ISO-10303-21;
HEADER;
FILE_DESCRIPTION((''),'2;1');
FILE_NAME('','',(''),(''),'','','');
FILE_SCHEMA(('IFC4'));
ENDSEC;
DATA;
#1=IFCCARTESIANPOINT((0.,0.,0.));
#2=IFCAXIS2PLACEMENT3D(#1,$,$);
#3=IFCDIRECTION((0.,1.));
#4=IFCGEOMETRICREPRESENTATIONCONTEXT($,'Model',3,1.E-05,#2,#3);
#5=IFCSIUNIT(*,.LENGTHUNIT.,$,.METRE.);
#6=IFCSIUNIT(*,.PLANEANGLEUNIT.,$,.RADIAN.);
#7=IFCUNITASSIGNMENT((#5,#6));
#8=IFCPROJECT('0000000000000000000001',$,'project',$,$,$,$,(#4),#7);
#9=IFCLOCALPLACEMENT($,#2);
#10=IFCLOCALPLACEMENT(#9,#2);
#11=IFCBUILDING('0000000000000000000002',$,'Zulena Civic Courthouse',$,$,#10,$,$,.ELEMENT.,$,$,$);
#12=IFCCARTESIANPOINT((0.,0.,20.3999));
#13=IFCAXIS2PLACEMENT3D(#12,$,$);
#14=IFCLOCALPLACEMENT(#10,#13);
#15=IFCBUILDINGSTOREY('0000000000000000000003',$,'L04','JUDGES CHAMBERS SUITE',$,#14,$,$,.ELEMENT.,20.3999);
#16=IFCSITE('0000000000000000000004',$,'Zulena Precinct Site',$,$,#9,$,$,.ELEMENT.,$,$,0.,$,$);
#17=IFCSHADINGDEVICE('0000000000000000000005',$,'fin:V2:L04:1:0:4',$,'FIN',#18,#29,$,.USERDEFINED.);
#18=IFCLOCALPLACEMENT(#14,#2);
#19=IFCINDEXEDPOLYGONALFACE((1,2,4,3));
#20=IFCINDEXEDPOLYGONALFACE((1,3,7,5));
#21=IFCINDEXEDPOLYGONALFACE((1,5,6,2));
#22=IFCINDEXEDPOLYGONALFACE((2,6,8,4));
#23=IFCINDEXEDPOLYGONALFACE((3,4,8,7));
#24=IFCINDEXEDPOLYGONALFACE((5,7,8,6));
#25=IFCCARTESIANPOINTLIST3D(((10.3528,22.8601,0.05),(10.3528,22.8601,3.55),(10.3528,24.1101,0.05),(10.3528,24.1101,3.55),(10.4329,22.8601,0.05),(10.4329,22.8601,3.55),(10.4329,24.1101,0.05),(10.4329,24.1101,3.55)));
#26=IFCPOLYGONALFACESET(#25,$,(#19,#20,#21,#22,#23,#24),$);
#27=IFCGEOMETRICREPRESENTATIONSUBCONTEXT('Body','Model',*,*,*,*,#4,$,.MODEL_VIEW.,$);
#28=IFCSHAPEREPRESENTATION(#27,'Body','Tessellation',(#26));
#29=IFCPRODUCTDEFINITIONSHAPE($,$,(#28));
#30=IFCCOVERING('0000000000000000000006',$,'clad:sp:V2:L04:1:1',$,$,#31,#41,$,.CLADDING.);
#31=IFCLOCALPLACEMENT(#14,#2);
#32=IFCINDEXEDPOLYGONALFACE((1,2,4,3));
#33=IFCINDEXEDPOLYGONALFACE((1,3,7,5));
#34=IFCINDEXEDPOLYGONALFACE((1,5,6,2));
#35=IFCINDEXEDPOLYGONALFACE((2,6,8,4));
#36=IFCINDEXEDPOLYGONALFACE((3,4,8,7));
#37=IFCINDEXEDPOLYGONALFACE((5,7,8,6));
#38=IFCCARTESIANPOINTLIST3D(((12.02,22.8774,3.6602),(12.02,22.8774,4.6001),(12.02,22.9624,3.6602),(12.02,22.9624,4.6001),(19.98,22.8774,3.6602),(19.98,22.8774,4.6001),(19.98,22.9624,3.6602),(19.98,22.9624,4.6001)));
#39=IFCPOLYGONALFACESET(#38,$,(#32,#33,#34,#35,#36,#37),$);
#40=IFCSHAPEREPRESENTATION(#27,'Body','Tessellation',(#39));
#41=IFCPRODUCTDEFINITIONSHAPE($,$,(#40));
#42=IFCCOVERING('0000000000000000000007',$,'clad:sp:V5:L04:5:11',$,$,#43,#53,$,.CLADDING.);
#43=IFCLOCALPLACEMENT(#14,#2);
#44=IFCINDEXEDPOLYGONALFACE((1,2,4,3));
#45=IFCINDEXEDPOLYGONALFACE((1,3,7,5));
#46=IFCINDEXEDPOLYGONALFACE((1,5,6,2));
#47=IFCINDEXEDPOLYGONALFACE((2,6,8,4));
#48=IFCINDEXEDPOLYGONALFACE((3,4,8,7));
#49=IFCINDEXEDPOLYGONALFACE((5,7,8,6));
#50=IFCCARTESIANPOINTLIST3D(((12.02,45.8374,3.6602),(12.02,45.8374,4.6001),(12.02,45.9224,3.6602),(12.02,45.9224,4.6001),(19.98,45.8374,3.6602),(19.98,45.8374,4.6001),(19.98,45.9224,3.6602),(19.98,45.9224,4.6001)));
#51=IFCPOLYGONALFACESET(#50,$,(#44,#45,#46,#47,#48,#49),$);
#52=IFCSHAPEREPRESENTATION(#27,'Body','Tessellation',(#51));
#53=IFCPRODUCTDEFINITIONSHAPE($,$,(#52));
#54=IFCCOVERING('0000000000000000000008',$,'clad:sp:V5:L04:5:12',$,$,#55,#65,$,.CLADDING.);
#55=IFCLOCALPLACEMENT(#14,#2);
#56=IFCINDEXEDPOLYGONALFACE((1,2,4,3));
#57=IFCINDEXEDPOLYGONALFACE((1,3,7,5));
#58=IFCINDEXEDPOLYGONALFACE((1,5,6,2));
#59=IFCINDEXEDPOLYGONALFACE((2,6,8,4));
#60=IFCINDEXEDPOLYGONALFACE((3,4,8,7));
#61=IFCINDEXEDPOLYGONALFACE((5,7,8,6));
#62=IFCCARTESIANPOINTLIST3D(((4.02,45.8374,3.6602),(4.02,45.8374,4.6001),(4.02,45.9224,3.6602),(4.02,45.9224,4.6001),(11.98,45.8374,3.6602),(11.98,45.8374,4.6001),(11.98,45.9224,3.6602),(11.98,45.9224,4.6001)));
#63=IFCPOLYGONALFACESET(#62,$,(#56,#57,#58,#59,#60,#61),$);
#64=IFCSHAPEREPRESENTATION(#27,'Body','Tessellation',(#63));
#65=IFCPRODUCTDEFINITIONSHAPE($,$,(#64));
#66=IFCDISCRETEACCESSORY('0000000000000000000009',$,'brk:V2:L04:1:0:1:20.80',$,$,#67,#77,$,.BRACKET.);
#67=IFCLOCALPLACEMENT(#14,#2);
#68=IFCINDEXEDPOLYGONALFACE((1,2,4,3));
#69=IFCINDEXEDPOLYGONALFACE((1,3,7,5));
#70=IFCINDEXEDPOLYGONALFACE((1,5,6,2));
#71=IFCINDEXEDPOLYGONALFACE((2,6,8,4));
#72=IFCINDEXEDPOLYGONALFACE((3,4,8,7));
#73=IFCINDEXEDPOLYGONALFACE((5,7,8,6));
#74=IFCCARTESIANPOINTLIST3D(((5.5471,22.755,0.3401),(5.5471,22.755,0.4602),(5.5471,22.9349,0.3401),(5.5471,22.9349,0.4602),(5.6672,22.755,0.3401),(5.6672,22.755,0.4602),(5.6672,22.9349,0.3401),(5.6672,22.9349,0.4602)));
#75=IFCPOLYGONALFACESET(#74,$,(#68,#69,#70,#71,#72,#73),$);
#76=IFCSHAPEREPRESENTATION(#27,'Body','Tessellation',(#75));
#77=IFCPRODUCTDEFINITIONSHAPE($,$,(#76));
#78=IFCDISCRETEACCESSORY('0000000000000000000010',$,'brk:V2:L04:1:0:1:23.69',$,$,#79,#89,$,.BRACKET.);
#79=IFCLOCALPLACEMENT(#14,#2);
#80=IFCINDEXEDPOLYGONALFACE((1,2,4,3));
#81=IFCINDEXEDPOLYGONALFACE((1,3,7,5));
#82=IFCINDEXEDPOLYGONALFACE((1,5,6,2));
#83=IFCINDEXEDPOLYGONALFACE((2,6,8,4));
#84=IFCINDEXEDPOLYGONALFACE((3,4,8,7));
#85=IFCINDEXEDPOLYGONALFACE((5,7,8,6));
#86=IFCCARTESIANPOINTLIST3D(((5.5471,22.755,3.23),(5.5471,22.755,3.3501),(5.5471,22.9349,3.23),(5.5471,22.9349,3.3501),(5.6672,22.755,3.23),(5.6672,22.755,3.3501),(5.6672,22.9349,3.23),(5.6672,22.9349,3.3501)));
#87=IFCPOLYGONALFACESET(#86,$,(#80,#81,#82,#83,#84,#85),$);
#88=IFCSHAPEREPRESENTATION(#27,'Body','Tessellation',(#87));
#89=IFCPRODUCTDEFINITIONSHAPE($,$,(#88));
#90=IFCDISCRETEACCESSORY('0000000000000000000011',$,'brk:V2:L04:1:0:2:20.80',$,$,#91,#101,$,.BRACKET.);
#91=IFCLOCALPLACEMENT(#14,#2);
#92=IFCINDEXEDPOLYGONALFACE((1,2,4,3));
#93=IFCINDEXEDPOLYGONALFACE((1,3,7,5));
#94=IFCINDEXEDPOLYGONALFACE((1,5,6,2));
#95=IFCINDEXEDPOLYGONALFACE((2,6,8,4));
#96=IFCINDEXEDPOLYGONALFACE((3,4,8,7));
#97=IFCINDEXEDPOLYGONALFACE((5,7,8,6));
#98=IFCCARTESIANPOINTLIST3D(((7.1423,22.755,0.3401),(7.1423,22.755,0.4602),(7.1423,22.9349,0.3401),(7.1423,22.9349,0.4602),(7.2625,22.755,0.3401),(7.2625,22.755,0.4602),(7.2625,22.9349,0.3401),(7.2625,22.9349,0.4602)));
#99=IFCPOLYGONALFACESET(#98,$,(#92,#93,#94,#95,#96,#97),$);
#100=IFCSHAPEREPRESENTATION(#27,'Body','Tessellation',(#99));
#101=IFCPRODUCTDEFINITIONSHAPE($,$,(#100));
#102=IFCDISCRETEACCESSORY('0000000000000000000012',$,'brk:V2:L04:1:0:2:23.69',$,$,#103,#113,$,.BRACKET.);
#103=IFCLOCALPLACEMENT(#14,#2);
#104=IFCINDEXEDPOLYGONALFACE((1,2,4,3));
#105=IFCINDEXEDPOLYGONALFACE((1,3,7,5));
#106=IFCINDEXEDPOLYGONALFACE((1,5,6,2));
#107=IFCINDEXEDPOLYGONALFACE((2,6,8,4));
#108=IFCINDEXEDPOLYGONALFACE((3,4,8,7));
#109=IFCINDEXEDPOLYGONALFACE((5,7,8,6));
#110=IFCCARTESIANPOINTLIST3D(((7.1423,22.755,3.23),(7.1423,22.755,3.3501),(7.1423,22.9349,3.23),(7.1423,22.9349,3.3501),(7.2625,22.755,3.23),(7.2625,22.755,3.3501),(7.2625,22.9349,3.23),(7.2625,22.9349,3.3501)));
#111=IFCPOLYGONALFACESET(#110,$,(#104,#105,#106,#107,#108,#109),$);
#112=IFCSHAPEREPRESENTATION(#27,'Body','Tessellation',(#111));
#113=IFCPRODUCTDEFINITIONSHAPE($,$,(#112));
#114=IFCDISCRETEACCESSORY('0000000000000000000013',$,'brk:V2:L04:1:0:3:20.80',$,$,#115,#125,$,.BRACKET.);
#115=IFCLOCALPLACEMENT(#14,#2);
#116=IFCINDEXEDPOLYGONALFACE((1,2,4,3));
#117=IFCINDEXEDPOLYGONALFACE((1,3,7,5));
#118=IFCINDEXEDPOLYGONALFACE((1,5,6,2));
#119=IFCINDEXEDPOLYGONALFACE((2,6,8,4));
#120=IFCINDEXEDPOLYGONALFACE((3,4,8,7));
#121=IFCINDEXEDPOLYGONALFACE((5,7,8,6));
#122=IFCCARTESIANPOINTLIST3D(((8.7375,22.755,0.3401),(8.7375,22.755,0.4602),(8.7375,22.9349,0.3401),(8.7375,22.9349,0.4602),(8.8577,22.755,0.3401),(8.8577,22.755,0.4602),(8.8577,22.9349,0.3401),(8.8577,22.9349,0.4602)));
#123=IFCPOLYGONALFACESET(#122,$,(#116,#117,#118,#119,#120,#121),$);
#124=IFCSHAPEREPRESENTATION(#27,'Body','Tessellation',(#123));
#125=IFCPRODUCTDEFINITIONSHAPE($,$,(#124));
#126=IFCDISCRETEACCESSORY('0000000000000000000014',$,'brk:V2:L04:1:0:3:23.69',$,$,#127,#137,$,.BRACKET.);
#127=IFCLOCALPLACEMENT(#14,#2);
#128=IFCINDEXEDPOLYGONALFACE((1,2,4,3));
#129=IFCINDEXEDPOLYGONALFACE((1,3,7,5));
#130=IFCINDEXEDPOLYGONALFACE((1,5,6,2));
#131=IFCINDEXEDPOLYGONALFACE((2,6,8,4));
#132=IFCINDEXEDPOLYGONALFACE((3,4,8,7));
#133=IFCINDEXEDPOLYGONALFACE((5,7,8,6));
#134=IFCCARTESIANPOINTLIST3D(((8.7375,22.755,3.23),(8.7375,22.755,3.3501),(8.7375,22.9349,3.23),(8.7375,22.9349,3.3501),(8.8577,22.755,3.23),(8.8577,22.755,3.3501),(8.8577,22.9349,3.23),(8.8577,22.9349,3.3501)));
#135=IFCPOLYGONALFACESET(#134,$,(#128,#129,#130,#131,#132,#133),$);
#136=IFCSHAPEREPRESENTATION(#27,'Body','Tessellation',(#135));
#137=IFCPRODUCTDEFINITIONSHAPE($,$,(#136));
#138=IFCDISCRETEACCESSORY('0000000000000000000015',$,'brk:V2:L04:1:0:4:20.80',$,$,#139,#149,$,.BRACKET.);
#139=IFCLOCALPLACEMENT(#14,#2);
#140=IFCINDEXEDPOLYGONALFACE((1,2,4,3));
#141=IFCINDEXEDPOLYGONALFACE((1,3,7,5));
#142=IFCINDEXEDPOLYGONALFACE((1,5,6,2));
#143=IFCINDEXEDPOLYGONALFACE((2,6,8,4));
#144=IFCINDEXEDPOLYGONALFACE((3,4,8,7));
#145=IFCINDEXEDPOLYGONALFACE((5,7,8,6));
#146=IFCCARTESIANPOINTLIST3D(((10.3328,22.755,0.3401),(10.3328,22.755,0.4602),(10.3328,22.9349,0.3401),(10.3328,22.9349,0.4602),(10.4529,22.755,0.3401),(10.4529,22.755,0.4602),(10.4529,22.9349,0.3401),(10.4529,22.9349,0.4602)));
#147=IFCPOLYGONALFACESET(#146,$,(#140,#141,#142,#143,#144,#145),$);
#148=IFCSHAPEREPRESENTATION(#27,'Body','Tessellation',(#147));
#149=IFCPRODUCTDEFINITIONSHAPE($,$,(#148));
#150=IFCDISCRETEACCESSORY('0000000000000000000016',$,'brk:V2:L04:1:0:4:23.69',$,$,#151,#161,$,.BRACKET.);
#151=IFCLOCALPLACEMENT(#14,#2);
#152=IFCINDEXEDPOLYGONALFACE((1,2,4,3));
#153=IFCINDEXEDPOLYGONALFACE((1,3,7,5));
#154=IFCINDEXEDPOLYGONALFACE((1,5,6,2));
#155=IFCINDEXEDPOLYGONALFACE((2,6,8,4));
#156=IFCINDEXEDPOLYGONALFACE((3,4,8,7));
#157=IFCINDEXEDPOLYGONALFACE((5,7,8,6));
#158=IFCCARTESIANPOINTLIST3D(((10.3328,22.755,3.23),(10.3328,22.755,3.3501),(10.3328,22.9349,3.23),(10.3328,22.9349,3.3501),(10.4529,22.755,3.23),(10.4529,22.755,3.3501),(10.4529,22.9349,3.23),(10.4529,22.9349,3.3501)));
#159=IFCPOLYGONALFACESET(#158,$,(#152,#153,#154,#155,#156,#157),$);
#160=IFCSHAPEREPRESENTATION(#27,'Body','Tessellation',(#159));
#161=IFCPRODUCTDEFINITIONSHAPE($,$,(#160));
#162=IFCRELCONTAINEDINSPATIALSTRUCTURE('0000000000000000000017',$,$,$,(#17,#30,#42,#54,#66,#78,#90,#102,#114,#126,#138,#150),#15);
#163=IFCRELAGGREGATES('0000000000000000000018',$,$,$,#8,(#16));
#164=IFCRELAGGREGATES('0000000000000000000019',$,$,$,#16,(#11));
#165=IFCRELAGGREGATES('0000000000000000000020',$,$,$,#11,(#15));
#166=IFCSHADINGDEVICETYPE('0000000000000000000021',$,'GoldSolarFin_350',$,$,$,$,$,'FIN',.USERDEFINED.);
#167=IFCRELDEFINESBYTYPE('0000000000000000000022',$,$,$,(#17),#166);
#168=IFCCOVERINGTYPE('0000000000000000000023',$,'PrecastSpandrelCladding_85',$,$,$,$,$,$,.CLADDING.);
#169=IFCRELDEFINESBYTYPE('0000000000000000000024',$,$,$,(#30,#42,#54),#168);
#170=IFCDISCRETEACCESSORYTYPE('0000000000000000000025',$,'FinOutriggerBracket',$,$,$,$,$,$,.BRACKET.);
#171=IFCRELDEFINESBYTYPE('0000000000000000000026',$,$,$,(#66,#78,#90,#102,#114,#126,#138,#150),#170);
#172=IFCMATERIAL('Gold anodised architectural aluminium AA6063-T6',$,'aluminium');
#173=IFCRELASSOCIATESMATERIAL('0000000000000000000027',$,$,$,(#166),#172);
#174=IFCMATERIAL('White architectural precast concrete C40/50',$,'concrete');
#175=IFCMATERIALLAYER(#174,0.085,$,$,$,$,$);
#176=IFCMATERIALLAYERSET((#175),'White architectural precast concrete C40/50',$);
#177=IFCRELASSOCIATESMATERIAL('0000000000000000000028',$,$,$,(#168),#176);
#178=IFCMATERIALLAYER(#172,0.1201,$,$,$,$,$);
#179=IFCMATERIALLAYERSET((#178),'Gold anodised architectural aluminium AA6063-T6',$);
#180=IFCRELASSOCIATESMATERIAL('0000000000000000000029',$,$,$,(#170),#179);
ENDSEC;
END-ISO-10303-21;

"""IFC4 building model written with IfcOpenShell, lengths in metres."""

from ifc_helpers import new_model, si_unit, direction, frame, origin, origin_2d, place, context, subcontext, project, spatial, rectangle, extrude, material, layer, layer_set, type_object, element, save


model = new_model("IFC4")

# Units and contexts
model_context = context("Model", 3, precision=1e-05, world=origin(), true_north=direction((0.0, 1.0)))
body_context = subcontext(model_context, "Body", "Model", "MODEL_VIEW")
ifc_project = project(units=[si_unit("LENGTHUNIT", "METRE"), si_unit("PLANEANGLEUNIT", "RADIAN")], contexts=[model_context])

# Site, building, storey
site_placement = place(None, origin())
site = spatial("IfcSite", under=ifc_project, at=site_placement, Name="Zulena Precinct Site", CompositionType="ELEMENT", RefElevation=0.0)
building_placement = place(site_placement, origin())
building = spatial("IfcBuilding", under=site, at=building_placement, Name="Zulena Civic Courthouse", CompositionType="ELEMENT")
storey_placement = place(building_placement, frame((0.0, 0.0, 20.3999)))
storey = spatial("IfcBuildingStorey", under=building, at=storey_placement, Name="L04", Description="JUDGES CHAMBERS SUITE", CompositionType="ELEMENT", Elevation=20.3999)

# Shading device
ifc_material_1 = material(Name="Gold anodised architectural aluminium AA6063-T6", Category="aluminium")
shading_device_type = type_object("IfcShadingDeviceType", Name="GoldSolarFin_350", ElementType="FIN", PredefinedType="USERDEFINED", material=ifc_material_1)
for number, where, z_axis, x_axis, name in (
    (1, (10.3928, 23.4851, 0.05), (0.0, 0.0, 1.0), (0.0, 1.0, 0.0), "fin:V2:L04:1:0:4"),
):
    element("IfcShadingDevice", number, at=place(storey_placement, frame(where, z_axis=z_axis, x_axis=x_axis)), inside=storey, type_object=shading_device_type, Name=name, ObjectType="FIN", PredefinedType="USERDEFINED", context=body_context, shape_type="SweptSolid", body=[
        extrude(rectangle(XDim=1.25, YDim=0.0801, at=origin_2d()), origin(), (0.0, 0.0, 1.0), 3.5),
    ])

# Coverings
ifc_material_2 = material(Name="White architectural precast concrete C40/50", Category="concrete")
ifc_layer_1 = layer(ifc_material_2, 0.085)
ifc_layer_set_1 = layer_set([ifc_layer_1], Name="White architectural precast concrete C40/50")
covering_type = type_object("IfcCoveringType", Name="PrecastSpandrelCladding_85", PredefinedType="CLADDING", material=ifc_layer_set_1)
for number, where, z_axis, x_axis, name in (
    (2, (16.0, 22.9199, 3.6602), (0.0, 0.0, 1.0), (1.0, 0.0, 0.0), "clad:sp:V2:L04:1:1"),
    (3, (16.0, 45.8799, 3.6602), (0.0, 0.0, 1.0), (-1.0, 0.0, 0.0), "clad:sp:V5:L04:5:11"),
    (4, (8.0, 45.8799, 3.6602), (0.0, 0.0, 1.0), (-1.0, 0.0, 0.0), "clad:sp:V5:L04:5:12"),
):
    element("IfcCovering", number, at=place(storey_placement, frame(where, z_axis=z_axis, x_axis=x_axis)), inside=storey, type_object=covering_type, Name=name, PredefinedType="CLADDING", context=body_context, shape_type="SweptSolid", body=[
        extrude(rectangle(XDim=7.96, YDim=0.085, at=origin_2d()), origin(), (0.0, 0.0, 1.0), 0.9399),
    ])

# Discrete accessories
ifc_layer_2 = layer(ifc_material_1, 0.1201)
ifc_layer_set_2 = layer_set([ifc_layer_2], Name="Gold anodised architectural aluminium AA6063-T6")
discrete_accessory_type = type_object("IfcDiscreteAccessoryType", Name="FinOutriggerBracket", PredefinedType="BRACKET", material=ifc_layer_set_2)
for number, where, z_axis, x_axis, name in (
    (5, (5.6072, 22.845, 0.3401), (0.0, 0.0, 1.0), (0.0, 1.0, 0.0), "brk:V2:L04:1:0:1:20.80"),
    (6, (5.6072, 22.845, 3.23), (0.0, 0.0, 1.0), (0.0, 1.0, 0.0), "brk:V2:L04:1:0:1:23.69"),
    (7, (7.2024, 22.845, 0.3401), (0.0, 0.0, 1.0), (0.0, 1.0, 0.0), "brk:V2:L04:1:0:2:20.80"),
    (8, (7.2024, 22.845, 3.23), (0.0, 0.0, 1.0), (0.0, 1.0, 0.0), "brk:V2:L04:1:0:2:23.69"),
    (9, (8.7976, 22.845, 0.3401), (0.0, 0.0, 1.0), (0.0, 1.0, 0.0), "brk:V2:L04:1:0:3:20.80"),
    (10, (8.7976, 22.845, 3.23), (0.0, 0.0, 1.0), (0.0, 1.0, 0.0), "brk:V2:L04:1:0:3:23.69"),
    (11, (10.3928, 22.845, 0.3401), (0.0, 0.0, 1.0), (0.0, 1.0, 0.0), "brk:V2:L04:1:0:4:20.80"),
    (12, (10.3928, 22.845, 3.23), (0.0, 0.0, 1.0), (0.0, 1.0, 0.0), "brk:V2:L04:1:0:4:23.69"),
):
    element("IfcDiscreteAccessory", number, at=place(storey_placement, frame(where, z_axis=z_axis, x_axis=x_axis)), inside=storey, type_object=discrete_accessory_type, Name=name, PredefinedType="BRACKET", context=body_context, shape_type="SweptSolid", body=[
        extrude(rectangle(XDim=0.1799, YDim=0.1201, at=origin_2d()), origin(), (0.0, 0.0, 1.0), 0.1201),
    ])

save(model, "model.ifc")
